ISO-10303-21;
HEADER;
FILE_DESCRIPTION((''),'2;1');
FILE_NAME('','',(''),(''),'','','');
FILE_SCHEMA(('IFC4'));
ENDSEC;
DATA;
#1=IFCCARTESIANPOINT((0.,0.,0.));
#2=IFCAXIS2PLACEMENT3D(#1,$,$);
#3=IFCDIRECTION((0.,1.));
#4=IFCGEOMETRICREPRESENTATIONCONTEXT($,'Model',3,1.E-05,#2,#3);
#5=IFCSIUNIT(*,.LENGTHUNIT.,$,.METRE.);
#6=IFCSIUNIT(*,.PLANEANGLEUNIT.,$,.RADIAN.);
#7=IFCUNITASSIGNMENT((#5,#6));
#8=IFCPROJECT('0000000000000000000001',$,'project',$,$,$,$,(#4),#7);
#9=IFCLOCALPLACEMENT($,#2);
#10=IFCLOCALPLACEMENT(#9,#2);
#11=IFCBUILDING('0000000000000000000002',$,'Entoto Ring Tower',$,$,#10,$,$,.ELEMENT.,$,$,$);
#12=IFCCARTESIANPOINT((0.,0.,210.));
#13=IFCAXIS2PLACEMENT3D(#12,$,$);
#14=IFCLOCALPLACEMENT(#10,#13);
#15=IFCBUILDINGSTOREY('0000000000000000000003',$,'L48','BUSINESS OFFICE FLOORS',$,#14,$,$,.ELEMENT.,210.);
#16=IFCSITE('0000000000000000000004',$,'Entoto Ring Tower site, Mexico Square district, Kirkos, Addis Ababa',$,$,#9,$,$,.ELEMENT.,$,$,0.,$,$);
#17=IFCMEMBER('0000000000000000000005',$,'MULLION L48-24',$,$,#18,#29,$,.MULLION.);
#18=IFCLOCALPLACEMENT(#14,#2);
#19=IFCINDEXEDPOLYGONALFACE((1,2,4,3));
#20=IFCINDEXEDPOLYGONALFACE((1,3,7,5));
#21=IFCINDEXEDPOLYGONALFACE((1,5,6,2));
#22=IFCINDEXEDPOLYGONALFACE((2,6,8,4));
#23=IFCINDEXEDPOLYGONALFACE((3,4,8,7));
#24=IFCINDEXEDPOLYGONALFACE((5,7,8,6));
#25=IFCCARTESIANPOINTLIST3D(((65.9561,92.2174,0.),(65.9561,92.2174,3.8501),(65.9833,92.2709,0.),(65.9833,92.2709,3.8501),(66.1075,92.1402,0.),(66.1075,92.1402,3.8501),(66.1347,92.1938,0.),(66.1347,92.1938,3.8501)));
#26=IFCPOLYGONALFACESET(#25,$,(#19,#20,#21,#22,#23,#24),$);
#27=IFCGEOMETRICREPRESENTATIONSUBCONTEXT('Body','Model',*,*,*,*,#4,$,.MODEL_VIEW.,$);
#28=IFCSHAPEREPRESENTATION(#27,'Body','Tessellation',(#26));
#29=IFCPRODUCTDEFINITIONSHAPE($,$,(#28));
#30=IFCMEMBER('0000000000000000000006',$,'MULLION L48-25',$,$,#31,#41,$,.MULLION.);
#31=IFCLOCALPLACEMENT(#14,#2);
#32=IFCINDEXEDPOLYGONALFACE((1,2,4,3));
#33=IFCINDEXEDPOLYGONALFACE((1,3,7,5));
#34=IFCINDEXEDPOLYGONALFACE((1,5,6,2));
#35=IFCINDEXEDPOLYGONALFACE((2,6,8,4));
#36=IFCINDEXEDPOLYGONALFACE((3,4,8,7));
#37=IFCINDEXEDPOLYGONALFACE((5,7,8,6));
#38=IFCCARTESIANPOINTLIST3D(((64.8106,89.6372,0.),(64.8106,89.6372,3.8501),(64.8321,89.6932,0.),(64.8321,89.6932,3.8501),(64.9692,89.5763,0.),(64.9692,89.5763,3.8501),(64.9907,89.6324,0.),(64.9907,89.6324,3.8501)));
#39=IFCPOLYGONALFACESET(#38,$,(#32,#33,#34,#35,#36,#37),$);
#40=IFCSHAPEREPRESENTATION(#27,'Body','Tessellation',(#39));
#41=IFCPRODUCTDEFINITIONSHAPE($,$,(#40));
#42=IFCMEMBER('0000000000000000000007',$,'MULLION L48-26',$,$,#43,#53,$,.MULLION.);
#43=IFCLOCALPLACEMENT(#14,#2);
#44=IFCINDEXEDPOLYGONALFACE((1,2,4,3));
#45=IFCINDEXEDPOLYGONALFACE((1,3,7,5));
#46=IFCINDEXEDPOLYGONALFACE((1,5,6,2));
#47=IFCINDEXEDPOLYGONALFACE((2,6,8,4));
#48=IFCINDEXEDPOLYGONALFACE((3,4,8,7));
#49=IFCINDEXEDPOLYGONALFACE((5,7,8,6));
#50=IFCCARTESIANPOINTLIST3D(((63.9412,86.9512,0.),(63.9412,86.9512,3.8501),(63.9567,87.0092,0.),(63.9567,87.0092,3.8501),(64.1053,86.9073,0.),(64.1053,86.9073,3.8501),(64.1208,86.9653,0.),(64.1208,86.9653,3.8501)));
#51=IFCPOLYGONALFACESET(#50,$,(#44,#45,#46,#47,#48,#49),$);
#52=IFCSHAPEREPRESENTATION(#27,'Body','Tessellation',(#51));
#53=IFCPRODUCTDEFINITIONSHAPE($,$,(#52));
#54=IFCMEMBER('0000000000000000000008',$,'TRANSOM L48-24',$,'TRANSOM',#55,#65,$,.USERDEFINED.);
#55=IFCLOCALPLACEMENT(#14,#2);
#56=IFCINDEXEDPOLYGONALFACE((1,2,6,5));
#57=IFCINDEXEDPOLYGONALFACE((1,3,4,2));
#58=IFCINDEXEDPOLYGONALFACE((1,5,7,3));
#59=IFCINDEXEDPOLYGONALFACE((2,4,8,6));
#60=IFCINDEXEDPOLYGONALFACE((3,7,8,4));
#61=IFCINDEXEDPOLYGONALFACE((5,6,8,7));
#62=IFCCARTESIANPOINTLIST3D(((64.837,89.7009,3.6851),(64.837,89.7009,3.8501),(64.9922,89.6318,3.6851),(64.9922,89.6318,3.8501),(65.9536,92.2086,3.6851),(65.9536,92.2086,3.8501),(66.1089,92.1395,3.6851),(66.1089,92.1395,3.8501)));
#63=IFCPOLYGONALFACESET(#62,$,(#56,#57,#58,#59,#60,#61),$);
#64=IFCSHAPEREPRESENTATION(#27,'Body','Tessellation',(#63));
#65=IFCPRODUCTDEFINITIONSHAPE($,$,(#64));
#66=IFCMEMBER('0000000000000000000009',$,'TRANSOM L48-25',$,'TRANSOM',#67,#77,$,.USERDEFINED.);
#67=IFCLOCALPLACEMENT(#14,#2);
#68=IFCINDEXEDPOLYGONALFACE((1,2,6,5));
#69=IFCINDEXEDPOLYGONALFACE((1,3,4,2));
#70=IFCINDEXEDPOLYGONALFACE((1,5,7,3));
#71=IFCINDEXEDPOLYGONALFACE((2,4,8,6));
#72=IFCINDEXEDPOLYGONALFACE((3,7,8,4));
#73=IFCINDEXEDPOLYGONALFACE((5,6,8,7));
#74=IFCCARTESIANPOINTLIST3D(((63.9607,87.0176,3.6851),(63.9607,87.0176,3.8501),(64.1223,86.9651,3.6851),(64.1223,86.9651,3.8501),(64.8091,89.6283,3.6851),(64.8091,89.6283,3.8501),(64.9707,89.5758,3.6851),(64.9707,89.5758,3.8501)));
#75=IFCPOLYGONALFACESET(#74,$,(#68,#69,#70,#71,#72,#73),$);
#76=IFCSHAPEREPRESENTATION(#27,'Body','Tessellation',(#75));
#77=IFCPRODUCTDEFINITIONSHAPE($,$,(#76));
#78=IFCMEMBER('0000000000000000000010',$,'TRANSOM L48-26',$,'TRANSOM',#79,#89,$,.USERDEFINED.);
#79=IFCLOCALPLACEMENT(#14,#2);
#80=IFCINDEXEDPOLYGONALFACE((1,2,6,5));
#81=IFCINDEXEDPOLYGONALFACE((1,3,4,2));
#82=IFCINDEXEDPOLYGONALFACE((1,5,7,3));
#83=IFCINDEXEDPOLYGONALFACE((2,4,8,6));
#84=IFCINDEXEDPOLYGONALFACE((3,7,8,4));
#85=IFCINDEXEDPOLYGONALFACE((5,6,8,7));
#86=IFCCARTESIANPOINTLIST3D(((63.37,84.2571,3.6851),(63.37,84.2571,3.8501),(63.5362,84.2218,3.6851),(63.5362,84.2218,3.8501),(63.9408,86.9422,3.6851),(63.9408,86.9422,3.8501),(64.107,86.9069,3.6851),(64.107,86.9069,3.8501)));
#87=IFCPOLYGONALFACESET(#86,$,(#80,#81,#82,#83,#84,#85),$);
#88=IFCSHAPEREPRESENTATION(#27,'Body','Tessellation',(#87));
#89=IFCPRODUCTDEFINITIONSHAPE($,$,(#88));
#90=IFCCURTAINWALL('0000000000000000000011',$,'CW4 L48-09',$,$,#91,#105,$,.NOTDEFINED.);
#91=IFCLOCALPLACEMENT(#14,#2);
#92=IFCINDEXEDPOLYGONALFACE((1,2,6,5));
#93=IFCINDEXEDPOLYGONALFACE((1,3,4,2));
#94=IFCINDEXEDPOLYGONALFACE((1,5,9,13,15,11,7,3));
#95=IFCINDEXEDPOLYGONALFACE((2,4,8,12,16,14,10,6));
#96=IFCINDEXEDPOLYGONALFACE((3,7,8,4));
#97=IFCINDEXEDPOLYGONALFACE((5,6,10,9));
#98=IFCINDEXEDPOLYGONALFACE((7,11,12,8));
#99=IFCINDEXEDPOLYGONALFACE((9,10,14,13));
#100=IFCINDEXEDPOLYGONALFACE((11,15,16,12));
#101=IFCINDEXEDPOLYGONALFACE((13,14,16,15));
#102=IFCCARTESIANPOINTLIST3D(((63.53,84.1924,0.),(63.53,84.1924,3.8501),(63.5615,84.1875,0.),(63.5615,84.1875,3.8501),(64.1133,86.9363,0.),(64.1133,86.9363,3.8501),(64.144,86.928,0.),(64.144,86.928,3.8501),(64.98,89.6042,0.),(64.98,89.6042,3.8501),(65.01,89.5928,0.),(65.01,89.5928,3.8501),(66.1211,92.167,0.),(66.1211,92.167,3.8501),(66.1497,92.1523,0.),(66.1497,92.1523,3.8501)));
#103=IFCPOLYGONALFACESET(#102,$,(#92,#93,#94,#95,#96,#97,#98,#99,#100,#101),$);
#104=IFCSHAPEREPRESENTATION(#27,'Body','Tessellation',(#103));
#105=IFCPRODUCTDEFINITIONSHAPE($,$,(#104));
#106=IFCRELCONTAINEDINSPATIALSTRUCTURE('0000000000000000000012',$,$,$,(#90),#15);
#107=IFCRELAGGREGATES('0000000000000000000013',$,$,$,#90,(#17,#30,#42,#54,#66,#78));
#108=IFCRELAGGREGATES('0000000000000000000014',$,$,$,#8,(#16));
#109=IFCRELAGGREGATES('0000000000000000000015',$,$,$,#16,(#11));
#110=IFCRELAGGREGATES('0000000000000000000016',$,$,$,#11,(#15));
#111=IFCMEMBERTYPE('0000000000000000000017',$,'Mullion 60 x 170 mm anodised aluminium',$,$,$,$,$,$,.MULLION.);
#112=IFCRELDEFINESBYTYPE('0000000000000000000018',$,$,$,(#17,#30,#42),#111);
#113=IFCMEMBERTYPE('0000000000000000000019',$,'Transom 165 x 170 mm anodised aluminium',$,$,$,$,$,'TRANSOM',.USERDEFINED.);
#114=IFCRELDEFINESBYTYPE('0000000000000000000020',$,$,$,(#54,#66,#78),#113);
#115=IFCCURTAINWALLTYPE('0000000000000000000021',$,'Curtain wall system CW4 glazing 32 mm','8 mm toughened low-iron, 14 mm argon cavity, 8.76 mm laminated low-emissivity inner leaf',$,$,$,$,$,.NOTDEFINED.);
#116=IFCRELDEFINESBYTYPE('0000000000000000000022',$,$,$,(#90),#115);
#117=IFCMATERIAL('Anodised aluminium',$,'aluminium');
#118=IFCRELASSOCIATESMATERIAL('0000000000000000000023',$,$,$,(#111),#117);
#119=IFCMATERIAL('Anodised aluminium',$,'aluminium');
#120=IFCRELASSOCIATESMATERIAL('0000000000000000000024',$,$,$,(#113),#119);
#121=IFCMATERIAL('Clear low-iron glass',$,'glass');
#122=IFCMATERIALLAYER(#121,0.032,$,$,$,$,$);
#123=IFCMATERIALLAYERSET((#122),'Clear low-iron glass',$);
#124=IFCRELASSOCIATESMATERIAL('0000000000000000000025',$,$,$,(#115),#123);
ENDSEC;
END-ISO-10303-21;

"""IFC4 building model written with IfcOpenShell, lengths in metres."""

from ifc_helpers import new_model, si_unit, direction, frame, origin, origin_2d, place, context, subcontext, project, spatial, polyline, rectangle, outline, extrude, material, layer, layer_set, material_profile, profile_set, type_object, element, aggregate, save


model = new_model("IFC4")

# Units and contexts
model_context = context("Model", 3, precision=1e-05, world=origin(), true_north=direction((0.0, 1.0)))
body_context = subcontext(model_context, "Body", "Model", "MODEL_VIEW")
ifc_project = project(units=[si_unit("LENGTHUNIT", "METRE"), si_unit("PLANEANGLEUNIT", "RADIAN")], contexts=[model_context])

# Members
ifc_material_1 = material(Name="Anodised aluminium", Category="aluminium")
ifc_material_profile_1 = material_profile(ifc_material_1, rectangle(XDim=0.0601, YDim=0.1699, at=origin_2d()), Name="Mullion 60 x 170 mm anodised aluminium")
ifc_profile_set_1 = profile_set([ifc_material_profile_1], Name="Anodised aluminium")
member_type_1 = type_object("IfcMemberType", Name="Mullion 60 x 170 mm anodised aluminium", PredefinedType="MULLION", material=ifc_profile_set_1)
site_placement = place(None, origin())
building_placement = place(site_placement, origin())
storey_placement = place(building_placement, frame((0.0, 0.0, 210.0)))
member_1_placement = place(storey_placement, frame((66.0454, 92.2056, 0.0), z_axis=(0.0, 0.0, 1.0), x_axis=(-0.45399, -0.891007, 0.0)))
member_1 = element("IfcMember", 1, at=member_1_placement, type_object=member_type_1, Name="MULLION L48-24", PredefinedType="MULLION", context=body_context, shape_type="SweptSolid", body=[
    extrude(rectangle(XDim=0.0601, YDim=0.1699, at=origin_2d()), origin(), (0.0, 0.0, 1.0), 3.8501),
])
member_2_placement = place(storey_placement, frame((64.9006, 89.6348, 0.0), z_axis=(0.0, 0.0, 1.0), x_axis=(-0.358368, -0.93358, 0.0)))
member_2 = element("IfcMember", 2, at=member_2_placement, type_object=member_type_1, Name="MULLION L48-25", PredefinedType="MULLION", context=body_context, shape_type="SweptSolid", body=[
    extrude(rectangle(XDim=0.0601, YDim=0.1699, at=origin_2d()), origin(), (0.0, 0.0, 1.0), 3.8501),
])
member_3_placement = place(storey_placement, frame((64.031, 86.9583, 0.0), z_axis=(0.0, 0.0, 1.0), x_axis=(-0.258819, -0.965926, 0.0)))
member_3 = element("IfcMember", 3, at=member_3_placement, type_object=member_type_1, Name="MULLION L48-26", PredefinedType="MULLION", context=body_context, shape_type="SweptSolid", body=[
    extrude(rectangle(XDim=0.0601, YDim=0.1699, at=origin_2d()), origin(), (0.0, 0.0, 1.0), 3.8501),
])
ifc_material_2 = material(Name="Anodised aluminium", Category="aluminium")
ifc_material_profile_2 = material_profile(ifc_material_2, rectangle(XDim=0.1699, YDim=0.165, at=origin_2d()), Name="Transom 165 x 170 mm anodised aluminium")
ifc_profile_set_2 = profile_set([ifc_material_profile_2], Name="Anodised aluminium")
member_type_2 = type_object("IfcMemberType", Name="Transom 165 x 170 mm anodised aluminium", ElementType="TRANSOM", PredefinedType="USERDEFINED", material=ifc_profile_set_2)
member_4_placement = place(storey_placement, frame((66.0312, 92.1741, 3.7676), z_axis=(-0.406782, -0.913525, 0.0), x_axis=(0.913525, -0.406782, 0.0)))
member_4 = element("IfcMember", 4, at=member_4_placement, type_object=member_type_2, Name="TRANSOM L48-24", ObjectType="TRANSOM", PredefinedType="USERDEFINED", context=body_context, shape_type="SweptSolid", body=[
    extrude(rectangle(XDim=0.1699, YDim=0.165, at=origin_2d()), origin(), (0.0, 0.0, 1.0), 2.7451),
])
member_5_placement = place(storey_placement, frame((64.8899, 89.6021, 3.7676), z_axis=(-0.309042, -0.951048, 0.0), x_axis=(0.951048, -0.309042, 0.0)))
member_5 = element("IfcMember", 5, at=member_5_placement, type_object=member_type_2, Name="TRANSOM L48-25", ObjectType="TRANSOM", PredefinedType="USERDEFINED", context=body_context, shape_type="SweptSolid", body=[
    extrude(rectangle(XDim=0.1699, YDim=0.165, at=origin_2d()), origin(), (0.0, 0.0, 1.0), 2.7451),
])
member_6_placement = place(storey_placement, frame((64.0239, 86.9246, 3.7676), z_axis=(-0.207937, -0.978142, 0.0), x_axis=(0.978142, -0.207937, 0.0)))
member_6 = element("IfcMember", 6, at=member_6_placement, type_object=member_type_2, Name="TRANSOM L48-26", ObjectType="TRANSOM", PredefinedType="USERDEFINED", context=body_context, shape_type="SweptSolid", body=[
    extrude(rectangle(XDim=0.1699, YDim=0.165, at=origin_2d()), origin(), (0.0, 0.0, 1.0), 2.7451),
])

# Site, building, storey
site = spatial("IfcSite", under=ifc_project, at=site_placement, Name="Entoto Ring Tower site, Mexico Square district, Kirkos, Addis Ababa", CompositionType="ELEMENT", RefElevation=0.0)
building = spatial("IfcBuilding", under=site, at=building_placement, Name="Entoto Ring Tower", CompositionType="ELEMENT")
storey = spatial("IfcBuildingStorey", under=building, at=storey_placement, Name="L48", Description="BUSINESS OFFICE FLOORS", CompositionType="ELEMENT", Elevation=210.0)

# Curtain wall
ifc_material_3 = material(Name="Clear low-iron glass", Category="glass")
ifc_layer = layer(ifc_material_3, 0.032)
ifc_layer_set = layer_set([ifc_layer], Name="Clear low-iron glass")
curtain_wall_type = type_object("IfcCurtainWallType", Name="Curtain wall system CW4 glazing 32 mm", Description="8 mm toughened low-iron, 14 mm argon cavity, 8.76 mm laminated low-emissivity inner leaf", PredefinedType="NOTDEFINED", material=ifc_layer_set)
curtain_wall_1_placement = place(storey_placement, origin())
curtain_wall_1 = element("IfcCurtainWall", 7, at=curtain_wall_1_placement, inside=storey, type_object=curtain_wall_type, Name="CW4 L48-09", PredefinedType="NOTDEFINED", context=body_context, shape_type="SweptSolid", body=[
    extrude(outline(polyline([(66.1211, 92.167), (64.98, 89.6042), (64.1133, 86.9363), (63.53, 84.1924), (63.5615, 84.1875), (64.144, 86.928), (65.01, 89.5928), (66.1497, 92.1523), (66.1211, 92.167)])), origin(), (0.0, 0.0, 1.0), 3.8501),
])
aggregate(curtain_wall_1, [member_1, member_2, member_3, member_4, member_5, member_6])

save(model, "model.ifc")
